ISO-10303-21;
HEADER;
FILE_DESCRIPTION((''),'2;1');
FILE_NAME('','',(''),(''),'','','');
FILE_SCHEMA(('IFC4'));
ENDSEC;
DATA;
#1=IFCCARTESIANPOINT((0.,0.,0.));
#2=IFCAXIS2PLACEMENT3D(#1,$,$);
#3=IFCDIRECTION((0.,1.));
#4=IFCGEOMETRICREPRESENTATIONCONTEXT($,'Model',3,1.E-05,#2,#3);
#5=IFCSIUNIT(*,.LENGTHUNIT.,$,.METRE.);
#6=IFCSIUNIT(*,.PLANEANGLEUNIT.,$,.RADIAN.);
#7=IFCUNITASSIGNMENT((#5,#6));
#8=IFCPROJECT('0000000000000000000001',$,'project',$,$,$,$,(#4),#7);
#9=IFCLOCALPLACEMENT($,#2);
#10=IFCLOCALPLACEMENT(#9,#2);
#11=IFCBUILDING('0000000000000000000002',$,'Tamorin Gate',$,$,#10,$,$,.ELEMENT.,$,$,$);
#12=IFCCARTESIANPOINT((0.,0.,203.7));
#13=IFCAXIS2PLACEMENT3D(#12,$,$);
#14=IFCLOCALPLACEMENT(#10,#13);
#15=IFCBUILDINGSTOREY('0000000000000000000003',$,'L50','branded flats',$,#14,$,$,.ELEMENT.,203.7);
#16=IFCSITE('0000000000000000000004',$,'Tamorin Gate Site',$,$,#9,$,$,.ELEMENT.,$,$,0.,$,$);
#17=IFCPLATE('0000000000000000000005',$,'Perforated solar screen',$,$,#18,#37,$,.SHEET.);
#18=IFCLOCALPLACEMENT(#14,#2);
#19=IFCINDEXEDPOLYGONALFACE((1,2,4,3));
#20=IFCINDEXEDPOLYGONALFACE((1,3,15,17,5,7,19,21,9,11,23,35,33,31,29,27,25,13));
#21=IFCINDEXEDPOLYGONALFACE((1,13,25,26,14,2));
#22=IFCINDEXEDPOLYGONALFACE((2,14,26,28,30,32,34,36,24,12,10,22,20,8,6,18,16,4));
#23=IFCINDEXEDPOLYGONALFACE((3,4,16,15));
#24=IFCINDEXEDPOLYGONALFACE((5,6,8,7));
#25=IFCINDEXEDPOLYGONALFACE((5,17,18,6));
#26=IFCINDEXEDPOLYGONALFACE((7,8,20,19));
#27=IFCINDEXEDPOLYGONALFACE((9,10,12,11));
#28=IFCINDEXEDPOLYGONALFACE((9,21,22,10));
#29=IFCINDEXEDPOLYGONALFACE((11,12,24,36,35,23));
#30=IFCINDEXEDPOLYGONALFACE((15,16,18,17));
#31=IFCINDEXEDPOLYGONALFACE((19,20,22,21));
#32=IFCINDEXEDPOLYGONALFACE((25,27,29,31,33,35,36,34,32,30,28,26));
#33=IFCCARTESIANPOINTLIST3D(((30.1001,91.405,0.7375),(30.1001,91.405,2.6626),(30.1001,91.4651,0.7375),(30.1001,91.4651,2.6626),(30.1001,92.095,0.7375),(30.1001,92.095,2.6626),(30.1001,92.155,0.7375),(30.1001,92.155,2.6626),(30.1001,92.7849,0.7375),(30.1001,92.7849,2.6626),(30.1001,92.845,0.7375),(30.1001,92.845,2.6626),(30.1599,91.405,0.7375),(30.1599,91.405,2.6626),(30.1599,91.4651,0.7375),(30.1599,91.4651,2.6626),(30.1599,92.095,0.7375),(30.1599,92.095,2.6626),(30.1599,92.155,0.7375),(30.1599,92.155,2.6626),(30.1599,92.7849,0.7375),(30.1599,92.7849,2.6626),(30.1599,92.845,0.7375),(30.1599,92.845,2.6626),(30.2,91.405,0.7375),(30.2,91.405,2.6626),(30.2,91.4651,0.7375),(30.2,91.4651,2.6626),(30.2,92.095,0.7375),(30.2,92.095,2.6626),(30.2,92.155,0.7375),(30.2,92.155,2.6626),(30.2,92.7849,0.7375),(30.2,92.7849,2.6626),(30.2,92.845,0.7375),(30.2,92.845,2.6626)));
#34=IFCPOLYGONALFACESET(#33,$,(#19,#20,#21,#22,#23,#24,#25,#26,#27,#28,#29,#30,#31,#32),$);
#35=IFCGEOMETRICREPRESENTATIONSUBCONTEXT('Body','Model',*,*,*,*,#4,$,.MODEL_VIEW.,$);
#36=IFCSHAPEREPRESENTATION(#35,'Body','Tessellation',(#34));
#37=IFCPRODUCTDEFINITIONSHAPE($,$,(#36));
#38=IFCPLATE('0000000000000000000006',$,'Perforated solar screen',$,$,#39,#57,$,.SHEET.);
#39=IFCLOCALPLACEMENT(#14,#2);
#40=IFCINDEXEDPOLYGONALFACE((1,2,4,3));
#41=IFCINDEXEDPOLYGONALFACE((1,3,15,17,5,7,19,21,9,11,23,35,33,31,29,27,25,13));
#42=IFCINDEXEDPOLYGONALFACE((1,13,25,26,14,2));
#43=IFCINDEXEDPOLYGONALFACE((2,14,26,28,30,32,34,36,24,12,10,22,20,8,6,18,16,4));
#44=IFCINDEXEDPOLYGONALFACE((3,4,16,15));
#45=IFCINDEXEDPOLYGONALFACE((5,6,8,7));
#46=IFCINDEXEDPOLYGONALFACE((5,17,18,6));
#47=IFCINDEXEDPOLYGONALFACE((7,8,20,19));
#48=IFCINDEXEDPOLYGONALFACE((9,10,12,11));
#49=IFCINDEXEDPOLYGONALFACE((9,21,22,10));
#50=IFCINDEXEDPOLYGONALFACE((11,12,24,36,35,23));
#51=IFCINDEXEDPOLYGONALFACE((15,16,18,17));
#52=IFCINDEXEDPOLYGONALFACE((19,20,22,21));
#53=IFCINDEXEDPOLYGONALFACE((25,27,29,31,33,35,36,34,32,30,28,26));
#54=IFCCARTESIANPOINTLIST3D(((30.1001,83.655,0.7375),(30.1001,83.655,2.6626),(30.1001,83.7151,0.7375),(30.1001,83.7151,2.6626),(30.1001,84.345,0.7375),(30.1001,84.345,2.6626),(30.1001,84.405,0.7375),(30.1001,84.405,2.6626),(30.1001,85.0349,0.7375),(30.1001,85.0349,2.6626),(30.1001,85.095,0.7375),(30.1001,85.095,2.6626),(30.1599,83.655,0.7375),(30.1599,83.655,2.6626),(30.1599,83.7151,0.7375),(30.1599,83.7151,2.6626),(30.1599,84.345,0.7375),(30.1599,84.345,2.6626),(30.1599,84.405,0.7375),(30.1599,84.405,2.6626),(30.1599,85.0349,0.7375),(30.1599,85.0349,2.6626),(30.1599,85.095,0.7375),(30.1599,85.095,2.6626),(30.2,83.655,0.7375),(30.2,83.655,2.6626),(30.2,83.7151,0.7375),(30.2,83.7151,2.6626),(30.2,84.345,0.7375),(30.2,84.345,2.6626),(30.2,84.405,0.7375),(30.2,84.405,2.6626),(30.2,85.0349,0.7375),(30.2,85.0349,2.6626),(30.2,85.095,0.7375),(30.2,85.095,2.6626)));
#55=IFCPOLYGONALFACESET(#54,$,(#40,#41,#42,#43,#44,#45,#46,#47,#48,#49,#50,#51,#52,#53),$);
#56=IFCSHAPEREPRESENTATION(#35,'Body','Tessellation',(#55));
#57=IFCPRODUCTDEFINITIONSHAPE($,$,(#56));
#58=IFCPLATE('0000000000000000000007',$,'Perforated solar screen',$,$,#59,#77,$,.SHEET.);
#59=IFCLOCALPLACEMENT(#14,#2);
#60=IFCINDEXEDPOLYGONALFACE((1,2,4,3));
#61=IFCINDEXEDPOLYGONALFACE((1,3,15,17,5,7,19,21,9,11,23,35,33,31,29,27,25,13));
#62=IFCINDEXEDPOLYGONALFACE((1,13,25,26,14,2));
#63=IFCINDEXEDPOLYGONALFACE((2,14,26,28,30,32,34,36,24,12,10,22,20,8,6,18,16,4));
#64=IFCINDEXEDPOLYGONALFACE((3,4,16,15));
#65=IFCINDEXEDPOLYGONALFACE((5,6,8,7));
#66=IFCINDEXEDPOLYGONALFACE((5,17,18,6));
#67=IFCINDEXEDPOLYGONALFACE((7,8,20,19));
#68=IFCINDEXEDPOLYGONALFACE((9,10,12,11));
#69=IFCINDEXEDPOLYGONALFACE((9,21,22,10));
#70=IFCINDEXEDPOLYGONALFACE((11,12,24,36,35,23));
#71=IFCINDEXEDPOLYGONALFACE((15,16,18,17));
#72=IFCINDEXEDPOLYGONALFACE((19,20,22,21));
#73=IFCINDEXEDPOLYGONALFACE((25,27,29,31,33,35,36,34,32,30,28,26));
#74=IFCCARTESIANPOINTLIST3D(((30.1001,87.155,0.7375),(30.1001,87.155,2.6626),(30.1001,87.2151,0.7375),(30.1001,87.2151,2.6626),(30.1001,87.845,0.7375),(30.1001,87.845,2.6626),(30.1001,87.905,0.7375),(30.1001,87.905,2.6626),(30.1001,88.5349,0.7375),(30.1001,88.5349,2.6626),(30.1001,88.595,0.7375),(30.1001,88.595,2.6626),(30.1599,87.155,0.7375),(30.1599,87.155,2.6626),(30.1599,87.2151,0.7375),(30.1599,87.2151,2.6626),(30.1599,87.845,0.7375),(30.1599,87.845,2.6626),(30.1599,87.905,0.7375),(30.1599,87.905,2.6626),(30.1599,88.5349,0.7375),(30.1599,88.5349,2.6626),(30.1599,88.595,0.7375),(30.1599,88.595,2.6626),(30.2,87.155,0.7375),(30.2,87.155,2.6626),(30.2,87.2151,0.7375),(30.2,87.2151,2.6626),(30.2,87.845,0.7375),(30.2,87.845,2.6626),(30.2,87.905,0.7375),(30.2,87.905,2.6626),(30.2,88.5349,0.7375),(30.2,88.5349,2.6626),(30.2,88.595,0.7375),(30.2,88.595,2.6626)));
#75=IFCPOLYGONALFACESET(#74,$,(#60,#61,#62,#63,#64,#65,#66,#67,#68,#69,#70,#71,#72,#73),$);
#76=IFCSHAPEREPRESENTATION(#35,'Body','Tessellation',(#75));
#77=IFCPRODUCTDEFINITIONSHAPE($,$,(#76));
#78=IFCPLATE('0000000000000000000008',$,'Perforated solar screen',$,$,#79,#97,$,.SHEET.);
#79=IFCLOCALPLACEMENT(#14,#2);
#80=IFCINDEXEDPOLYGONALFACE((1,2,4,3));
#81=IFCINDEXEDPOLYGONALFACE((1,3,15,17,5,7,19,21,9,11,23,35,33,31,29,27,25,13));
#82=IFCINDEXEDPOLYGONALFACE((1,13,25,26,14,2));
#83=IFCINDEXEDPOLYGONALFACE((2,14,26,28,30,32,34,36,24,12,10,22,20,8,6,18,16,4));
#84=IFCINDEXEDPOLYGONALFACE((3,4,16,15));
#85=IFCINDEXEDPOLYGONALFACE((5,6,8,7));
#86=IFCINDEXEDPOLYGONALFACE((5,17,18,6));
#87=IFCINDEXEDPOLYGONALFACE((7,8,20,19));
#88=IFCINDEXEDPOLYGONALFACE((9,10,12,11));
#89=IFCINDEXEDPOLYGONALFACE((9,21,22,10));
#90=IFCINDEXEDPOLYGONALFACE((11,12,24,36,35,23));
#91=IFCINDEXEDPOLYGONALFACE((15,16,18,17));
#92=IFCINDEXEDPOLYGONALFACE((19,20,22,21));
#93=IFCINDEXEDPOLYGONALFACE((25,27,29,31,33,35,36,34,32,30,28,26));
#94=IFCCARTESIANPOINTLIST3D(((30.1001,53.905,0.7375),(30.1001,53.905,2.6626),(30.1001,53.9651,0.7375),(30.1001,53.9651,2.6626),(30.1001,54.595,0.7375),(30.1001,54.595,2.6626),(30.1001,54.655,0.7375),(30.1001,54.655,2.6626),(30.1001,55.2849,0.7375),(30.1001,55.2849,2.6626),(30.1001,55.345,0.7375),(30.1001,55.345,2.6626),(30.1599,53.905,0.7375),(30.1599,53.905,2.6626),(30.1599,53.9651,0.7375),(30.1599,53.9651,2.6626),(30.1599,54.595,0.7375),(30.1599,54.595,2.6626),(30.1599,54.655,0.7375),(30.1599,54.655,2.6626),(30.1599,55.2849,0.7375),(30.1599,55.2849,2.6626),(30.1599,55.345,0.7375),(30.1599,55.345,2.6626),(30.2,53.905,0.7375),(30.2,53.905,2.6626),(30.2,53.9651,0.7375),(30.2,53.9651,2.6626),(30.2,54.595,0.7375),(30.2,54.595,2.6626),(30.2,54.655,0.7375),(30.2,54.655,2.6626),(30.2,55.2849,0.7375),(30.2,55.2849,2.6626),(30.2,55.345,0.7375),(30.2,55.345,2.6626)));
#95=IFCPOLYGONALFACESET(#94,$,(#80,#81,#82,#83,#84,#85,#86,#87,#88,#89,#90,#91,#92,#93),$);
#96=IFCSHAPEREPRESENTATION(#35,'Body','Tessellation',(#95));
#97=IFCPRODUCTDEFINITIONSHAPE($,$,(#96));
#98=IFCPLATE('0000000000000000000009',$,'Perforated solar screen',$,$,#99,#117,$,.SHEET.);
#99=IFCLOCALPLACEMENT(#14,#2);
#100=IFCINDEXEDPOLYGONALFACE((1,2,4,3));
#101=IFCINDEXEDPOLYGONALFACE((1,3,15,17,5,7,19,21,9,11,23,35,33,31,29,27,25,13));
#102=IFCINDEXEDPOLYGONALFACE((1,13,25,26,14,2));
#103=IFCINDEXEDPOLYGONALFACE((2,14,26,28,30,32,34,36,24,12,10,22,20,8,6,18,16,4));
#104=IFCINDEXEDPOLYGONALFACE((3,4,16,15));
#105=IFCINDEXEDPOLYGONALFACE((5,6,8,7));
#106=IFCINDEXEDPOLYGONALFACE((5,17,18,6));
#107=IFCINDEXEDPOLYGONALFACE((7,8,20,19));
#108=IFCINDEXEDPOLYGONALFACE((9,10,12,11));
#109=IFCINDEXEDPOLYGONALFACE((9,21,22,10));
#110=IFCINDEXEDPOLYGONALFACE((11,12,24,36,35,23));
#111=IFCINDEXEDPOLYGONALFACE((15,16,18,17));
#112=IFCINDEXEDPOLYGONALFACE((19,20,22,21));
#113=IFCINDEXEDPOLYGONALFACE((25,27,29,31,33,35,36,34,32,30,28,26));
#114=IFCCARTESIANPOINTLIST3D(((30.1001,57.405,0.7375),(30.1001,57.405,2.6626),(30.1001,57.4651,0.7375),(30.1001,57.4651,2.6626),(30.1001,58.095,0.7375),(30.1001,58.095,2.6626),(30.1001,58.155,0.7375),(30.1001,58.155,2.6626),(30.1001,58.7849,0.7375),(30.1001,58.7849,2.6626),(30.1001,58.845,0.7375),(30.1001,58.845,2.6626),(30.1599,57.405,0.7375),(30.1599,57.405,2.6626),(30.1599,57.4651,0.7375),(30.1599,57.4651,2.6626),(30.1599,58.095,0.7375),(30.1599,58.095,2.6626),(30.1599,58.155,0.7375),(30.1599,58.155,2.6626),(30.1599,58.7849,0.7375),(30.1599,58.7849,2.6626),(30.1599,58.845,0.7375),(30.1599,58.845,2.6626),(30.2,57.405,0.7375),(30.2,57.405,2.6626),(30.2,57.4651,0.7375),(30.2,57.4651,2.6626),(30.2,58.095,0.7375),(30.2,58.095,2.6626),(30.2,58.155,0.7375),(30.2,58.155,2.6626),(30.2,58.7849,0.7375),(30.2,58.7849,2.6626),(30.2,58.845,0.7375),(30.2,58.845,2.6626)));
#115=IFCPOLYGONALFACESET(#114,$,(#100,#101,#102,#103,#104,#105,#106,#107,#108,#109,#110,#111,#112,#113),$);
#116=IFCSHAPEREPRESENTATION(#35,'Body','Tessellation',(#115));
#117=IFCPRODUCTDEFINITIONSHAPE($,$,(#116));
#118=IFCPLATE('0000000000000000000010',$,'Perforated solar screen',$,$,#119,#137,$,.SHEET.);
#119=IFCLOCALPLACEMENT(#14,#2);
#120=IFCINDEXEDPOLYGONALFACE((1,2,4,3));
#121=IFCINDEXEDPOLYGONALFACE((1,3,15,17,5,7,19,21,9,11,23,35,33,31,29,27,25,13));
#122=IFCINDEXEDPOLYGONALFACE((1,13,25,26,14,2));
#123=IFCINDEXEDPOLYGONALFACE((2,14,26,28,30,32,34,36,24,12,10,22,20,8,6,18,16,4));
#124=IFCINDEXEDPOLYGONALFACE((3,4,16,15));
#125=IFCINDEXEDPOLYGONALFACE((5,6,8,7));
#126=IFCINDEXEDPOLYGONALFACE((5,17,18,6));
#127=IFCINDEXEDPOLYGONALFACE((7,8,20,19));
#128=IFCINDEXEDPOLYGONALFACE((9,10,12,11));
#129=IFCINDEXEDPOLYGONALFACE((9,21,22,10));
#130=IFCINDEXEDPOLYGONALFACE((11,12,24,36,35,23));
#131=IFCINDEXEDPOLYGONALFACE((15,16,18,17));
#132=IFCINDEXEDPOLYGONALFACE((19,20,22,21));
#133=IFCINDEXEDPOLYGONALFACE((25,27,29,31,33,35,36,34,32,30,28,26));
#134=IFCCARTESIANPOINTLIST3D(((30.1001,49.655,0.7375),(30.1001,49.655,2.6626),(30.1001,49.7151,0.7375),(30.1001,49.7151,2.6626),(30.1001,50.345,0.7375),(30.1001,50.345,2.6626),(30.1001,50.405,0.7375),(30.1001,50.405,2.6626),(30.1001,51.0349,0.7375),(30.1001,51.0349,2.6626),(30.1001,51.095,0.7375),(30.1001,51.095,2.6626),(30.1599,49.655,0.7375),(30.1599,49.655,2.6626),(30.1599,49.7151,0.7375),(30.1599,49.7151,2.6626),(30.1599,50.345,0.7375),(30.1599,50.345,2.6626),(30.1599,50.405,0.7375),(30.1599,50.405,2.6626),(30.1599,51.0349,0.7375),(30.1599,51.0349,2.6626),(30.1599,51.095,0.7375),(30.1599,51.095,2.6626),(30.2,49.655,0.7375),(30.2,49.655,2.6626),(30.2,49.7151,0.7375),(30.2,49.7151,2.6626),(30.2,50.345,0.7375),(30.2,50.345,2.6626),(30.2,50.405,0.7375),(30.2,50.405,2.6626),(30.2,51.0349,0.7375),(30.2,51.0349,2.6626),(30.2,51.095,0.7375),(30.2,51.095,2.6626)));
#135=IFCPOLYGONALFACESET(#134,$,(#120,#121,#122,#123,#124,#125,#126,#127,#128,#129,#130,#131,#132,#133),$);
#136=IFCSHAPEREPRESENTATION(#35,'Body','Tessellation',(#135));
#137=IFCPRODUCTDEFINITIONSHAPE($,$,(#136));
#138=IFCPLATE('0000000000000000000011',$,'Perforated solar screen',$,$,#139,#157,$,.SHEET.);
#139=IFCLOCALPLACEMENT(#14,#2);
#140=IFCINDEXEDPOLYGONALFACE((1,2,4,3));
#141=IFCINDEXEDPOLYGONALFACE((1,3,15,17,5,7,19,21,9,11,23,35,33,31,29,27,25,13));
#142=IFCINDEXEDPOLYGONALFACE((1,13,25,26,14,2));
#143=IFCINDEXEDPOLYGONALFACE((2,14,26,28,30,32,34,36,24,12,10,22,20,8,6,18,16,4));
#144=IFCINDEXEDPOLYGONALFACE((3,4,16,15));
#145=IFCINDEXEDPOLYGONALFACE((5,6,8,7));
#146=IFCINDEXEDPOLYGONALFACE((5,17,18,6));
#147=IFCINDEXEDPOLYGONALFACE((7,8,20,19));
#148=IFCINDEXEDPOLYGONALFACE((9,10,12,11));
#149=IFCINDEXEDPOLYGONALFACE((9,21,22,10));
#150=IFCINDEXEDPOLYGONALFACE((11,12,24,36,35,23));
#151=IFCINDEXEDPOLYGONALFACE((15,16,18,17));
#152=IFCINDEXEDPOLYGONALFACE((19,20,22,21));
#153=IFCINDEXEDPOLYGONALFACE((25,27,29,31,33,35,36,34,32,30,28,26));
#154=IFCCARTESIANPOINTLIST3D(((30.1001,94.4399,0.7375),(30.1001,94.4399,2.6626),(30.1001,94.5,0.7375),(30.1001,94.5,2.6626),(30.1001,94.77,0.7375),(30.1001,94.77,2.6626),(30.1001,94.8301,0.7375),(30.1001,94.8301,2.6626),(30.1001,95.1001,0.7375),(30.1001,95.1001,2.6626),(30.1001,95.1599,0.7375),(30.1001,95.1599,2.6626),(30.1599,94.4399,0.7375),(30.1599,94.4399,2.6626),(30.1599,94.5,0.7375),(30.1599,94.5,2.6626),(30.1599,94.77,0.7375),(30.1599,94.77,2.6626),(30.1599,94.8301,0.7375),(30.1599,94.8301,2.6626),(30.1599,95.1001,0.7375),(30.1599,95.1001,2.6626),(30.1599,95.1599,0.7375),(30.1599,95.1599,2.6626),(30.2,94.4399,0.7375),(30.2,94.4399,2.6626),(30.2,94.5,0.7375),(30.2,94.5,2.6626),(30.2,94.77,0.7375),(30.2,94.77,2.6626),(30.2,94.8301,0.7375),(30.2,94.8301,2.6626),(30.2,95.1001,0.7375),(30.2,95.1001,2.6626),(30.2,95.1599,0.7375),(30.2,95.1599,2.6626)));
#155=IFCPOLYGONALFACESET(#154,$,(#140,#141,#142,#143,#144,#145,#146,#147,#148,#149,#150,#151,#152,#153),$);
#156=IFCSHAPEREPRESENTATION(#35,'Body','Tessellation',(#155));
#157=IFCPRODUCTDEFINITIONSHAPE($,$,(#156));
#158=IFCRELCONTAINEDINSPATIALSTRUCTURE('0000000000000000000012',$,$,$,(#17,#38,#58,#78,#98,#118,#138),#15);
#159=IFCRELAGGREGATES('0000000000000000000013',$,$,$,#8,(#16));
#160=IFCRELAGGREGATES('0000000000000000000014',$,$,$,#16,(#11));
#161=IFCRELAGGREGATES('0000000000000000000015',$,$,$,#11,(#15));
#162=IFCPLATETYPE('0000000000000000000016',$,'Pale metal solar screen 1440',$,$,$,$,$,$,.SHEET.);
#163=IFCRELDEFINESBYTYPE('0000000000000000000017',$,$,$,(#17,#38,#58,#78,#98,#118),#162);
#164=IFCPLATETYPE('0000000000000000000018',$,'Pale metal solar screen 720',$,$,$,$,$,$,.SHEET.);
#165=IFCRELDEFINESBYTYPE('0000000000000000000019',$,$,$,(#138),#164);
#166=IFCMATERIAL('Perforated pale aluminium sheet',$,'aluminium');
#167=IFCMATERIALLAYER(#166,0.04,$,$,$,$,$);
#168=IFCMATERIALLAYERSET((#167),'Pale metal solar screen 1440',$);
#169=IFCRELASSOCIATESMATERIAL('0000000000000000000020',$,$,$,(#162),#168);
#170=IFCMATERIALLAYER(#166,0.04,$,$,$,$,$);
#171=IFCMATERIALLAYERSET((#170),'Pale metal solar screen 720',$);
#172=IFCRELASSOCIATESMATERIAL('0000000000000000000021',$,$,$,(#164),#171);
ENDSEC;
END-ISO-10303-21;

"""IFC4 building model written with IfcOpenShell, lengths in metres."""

from ifc_helpers import new_model, si_unit, direction, frame, origin, place, context, subcontext, project, spatial, polyline, outline, extrude, material, layer, layer_set, type_object, element, save


model = new_model("IFC4")

# Units and contexts
model_context = context("Model", 3, precision=1e-05, world=origin(), true_north=direction((0.0, 1.0)))
body_context = subcontext(model_context, "Body", "Model", "MODEL_VIEW")
ifc_project = project(units=[si_unit("LENGTHUNIT", "METRE"), si_unit("PLANEANGLEUNIT", "RADIAN")], contexts=[model_context])

# Site, building, storey
site_placement = place(None, origin())
site = spatial("IfcSite", under=ifc_project, at=site_placement, Name="Tamorin Gate Site", CompositionType="ELEMENT", RefElevation=0.0)
building_placement = place(site_placement, origin())
building = spatial("IfcBuilding", under=site, at=building_placement, Name="Tamorin Gate", CompositionType="ELEMENT")
storey_placement = place(building_placement, frame((0.0, 0.0, 203.7)))
storey = spatial("IfcBuildingStorey", under=building, at=storey_placement, Name="L50", Description="branded flats", CompositionType="ELEMENT", Elevation=203.7)

# Plates
ifc_material_1 = material(Name="Perforated pale aluminium sheet", Category="aluminium")
ifc_layer_1 = layer(ifc_material_1, 0.04)
ifc_layer_set_1 = layer_set([ifc_layer_1], Name="Pale metal solar screen 1440")
plate_type_1 = type_object("IfcPlateType", Name="Pale metal solar screen 1440", PredefinedType="SHEET", material=ifc_layer_set_1)
plate_1_placement = place(storey_placement, frame((0.0, 0.0, 0.7375)))
element("IfcPlate", 1, at=plate_1_placement, inside=storey, type_object=plate_type_1, Name="Perforated solar screen", PredefinedType="SHEET", context=body_context, shape_type="SweptSolid", body=[
    extrude(outline(polyline([(30.1599, 92.845), (30.2, 92.845), (30.2, 92.7849), (30.2, 92.155), (30.2, 92.095), (30.2, 91.4651), (30.2, 91.405), (30.2, 91.405), (30.1599, 91.405), (30.1599, 91.405), (30.1001, 91.405), (30.1001, 91.4651), (30.1599, 91.4651), (30.1599, 92.095), (30.1001, 92.095), (30.1001, 92.155), (30.1599, 92.155), (30.1599, 92.7849), (30.1001, 92.7849), (30.1001, 92.845), (30.1599, 92.845)])), origin(), (0.0, 0.0, 1.0), 1.925),
])
plate_2_placement = place(storey_placement, frame((0.0, 0.0, 0.7375)))
element("IfcPlate", 2, at=plate_2_placement, inside=storey, type_object=plate_type_1, Name="Perforated solar screen", PredefinedType="SHEET", context=body_context, shape_type="SweptSolid", body=[
    extrude(outline(polyline([(30.1599, 85.095), (30.2, 85.095), (30.2, 85.0349), (30.2, 84.405), (30.2, 84.345), (30.2, 83.7151), (30.2, 83.655), (30.1599, 83.655), (30.1001, 83.655), (30.1001, 83.7151), (30.1599, 83.7151), (30.1599, 84.345), (30.1001, 84.345), (30.1001, 84.405), (30.1599, 84.405), (30.1599, 85.0349), (30.1001, 85.0349), (30.1001, 85.095), (30.1599, 85.095)])), origin(), (0.0, 0.0, 1.0), 1.925),
])
plate_3_placement = place(storey_placement, frame((0.0, 0.0, 0.7375)))
element("IfcPlate", 3, at=plate_3_placement, inside=storey, type_object=plate_type_1, Name="Perforated solar screen", PredefinedType="SHEET", context=body_context, shape_type="SweptSolid", body=[
    extrude(outline(polyline([(30.1599, 88.595), (30.2, 88.595), (30.2, 88.5349), (30.2, 87.905), (30.2, 87.845), (30.2, 87.2151), (30.2, 87.155), (30.1599, 87.155), (30.1001, 87.155), (30.1001, 87.2151), (30.1599, 87.2151), (30.1599, 87.845), (30.1001, 87.845), (30.1001, 87.905), (30.1599, 87.905), (30.1599, 88.5349), (30.1001, 88.5349), (30.1001, 88.595), (30.1599, 88.595)])), origin(), (0.0, 0.0, 1.0), 1.925),
])
plate_4_placement = place(storey_placement, frame((0.0, 0.0, 0.7375)))
element("IfcPlate", 4, at=plate_4_placement, inside=storey, type_object=plate_type_1, Name="Perforated solar screen", PredefinedType="SHEET", context=body_context, shape_type="SweptSolid", body=[
    extrude(outline(polyline([(30.1599, 55.345), (30.2, 55.345), (30.2, 55.2849), (30.2, 54.655), (30.2, 54.595), (30.2, 53.9651), (30.2, 53.905), (30.1599, 53.905), (30.1001, 53.905), (30.1001, 53.9651), (30.1599, 53.9651), (30.1599, 54.595), (30.1001, 54.595), (30.1001, 54.655), (30.1599, 54.655), (30.1599, 55.2849), (30.1001, 55.2849), (30.1001, 55.345), (30.1599, 55.345)])), origin(), (0.0, 0.0, 1.0), 1.925),
])
plate_5_placement = place(storey_placement, frame((0.0, 0.0, 0.7375)))
element("IfcPlate", 5, at=plate_5_placement, inside=storey, type_object=plate_type_1, Name="Perforated solar screen", PredefinedType="SHEET", context=body_context, shape_type="SweptSolid", body=[
    extrude(outline(polyline([(30.1599, 58.845), (30.2, 58.845), (30.2, 58.7849), (30.2, 58.155), (30.2, 58.095), (30.2, 57.4651), (30.2, 57.405), (30.1599, 57.405), (30.1001, 57.405), (30.1001, 57.4651), (30.1599, 57.4651), (30.1599, 58.095), (30.1001, 58.095), (30.1001, 58.155), (30.1599, 58.155), (30.1599, 58.7849), (30.1001, 58.7849), (30.1001, 58.845), (30.1599, 58.845)])), origin(), (0.0, 0.0, 1.0), 1.925),
])
plate_6_placement = place(storey_placement, frame((0.0, 0.0, 0.7375)))
element("IfcPlate", 6, at=plate_6_placement, inside=storey, type_object=plate_type_1, Name="Perforated solar screen", PredefinedType="SHEET", context=body_context, shape_type="SweptSolid", body=[
    extrude(outline(polyline([(30.1599, 51.095), (30.2, 51.095), (30.2, 51.0349), (30.2, 50.405), (30.2, 50.345), (30.2, 49.7151), (30.2, 49.655), (30.1599, 49.655), (30.1001, 49.655), (30.1001, 49.7151), (30.1599, 49.7151), (30.1599, 50.345), (30.1001, 50.345), (30.1001, 50.405), (30.1599, 50.405), (30.1599, 51.0349), (30.1001, 51.0349), (30.1001, 51.095), (30.1599, 51.095)])), origin(), (0.0, 0.0, 1.0), 1.925),
])
ifc_layer_2 = layer(ifc_material_1, 0.04)
ifc_layer_set_2 = layer_set([ifc_layer_2], Name="Pale metal solar screen 720")
plate_type_2 = type_object("IfcPlateType", Name="Pale metal solar screen 720", PredefinedType="SHEET", material=ifc_layer_set_2)
plate_7_placement = place(storey_placement, frame((0.0, 0.0, 0.7375)))
element("IfcPlate", 7, at=plate_7_placement, inside=storey, type_object=plate_type_2, Name="Perforated solar screen", PredefinedType="SHEET", context=body_context, shape_type="SweptSolid", body=[
    extrude(outline(polyline([(30.1599, 95.1599), (30.2, 95.1599), (30.2, 95.1001), (30.2, 94.8301), (30.2, 94.77), (30.2, 94.5), (30.2, 94.4399), (30.1599, 94.4399), (30.1001, 94.4399), (30.1001, 94.5), (30.1599, 94.5), (30.1599, 94.77), (30.1001, 94.77), (30.1001, 94.8301), (30.1599, 94.8301), (30.1599, 95.1001), (30.1001, 95.1001), (30.1001, 95.1599), (30.1599, 95.1599)])), origin(), (0.0, 0.0, 1.0), 1.925),
])

save(model, "model.ifc")
